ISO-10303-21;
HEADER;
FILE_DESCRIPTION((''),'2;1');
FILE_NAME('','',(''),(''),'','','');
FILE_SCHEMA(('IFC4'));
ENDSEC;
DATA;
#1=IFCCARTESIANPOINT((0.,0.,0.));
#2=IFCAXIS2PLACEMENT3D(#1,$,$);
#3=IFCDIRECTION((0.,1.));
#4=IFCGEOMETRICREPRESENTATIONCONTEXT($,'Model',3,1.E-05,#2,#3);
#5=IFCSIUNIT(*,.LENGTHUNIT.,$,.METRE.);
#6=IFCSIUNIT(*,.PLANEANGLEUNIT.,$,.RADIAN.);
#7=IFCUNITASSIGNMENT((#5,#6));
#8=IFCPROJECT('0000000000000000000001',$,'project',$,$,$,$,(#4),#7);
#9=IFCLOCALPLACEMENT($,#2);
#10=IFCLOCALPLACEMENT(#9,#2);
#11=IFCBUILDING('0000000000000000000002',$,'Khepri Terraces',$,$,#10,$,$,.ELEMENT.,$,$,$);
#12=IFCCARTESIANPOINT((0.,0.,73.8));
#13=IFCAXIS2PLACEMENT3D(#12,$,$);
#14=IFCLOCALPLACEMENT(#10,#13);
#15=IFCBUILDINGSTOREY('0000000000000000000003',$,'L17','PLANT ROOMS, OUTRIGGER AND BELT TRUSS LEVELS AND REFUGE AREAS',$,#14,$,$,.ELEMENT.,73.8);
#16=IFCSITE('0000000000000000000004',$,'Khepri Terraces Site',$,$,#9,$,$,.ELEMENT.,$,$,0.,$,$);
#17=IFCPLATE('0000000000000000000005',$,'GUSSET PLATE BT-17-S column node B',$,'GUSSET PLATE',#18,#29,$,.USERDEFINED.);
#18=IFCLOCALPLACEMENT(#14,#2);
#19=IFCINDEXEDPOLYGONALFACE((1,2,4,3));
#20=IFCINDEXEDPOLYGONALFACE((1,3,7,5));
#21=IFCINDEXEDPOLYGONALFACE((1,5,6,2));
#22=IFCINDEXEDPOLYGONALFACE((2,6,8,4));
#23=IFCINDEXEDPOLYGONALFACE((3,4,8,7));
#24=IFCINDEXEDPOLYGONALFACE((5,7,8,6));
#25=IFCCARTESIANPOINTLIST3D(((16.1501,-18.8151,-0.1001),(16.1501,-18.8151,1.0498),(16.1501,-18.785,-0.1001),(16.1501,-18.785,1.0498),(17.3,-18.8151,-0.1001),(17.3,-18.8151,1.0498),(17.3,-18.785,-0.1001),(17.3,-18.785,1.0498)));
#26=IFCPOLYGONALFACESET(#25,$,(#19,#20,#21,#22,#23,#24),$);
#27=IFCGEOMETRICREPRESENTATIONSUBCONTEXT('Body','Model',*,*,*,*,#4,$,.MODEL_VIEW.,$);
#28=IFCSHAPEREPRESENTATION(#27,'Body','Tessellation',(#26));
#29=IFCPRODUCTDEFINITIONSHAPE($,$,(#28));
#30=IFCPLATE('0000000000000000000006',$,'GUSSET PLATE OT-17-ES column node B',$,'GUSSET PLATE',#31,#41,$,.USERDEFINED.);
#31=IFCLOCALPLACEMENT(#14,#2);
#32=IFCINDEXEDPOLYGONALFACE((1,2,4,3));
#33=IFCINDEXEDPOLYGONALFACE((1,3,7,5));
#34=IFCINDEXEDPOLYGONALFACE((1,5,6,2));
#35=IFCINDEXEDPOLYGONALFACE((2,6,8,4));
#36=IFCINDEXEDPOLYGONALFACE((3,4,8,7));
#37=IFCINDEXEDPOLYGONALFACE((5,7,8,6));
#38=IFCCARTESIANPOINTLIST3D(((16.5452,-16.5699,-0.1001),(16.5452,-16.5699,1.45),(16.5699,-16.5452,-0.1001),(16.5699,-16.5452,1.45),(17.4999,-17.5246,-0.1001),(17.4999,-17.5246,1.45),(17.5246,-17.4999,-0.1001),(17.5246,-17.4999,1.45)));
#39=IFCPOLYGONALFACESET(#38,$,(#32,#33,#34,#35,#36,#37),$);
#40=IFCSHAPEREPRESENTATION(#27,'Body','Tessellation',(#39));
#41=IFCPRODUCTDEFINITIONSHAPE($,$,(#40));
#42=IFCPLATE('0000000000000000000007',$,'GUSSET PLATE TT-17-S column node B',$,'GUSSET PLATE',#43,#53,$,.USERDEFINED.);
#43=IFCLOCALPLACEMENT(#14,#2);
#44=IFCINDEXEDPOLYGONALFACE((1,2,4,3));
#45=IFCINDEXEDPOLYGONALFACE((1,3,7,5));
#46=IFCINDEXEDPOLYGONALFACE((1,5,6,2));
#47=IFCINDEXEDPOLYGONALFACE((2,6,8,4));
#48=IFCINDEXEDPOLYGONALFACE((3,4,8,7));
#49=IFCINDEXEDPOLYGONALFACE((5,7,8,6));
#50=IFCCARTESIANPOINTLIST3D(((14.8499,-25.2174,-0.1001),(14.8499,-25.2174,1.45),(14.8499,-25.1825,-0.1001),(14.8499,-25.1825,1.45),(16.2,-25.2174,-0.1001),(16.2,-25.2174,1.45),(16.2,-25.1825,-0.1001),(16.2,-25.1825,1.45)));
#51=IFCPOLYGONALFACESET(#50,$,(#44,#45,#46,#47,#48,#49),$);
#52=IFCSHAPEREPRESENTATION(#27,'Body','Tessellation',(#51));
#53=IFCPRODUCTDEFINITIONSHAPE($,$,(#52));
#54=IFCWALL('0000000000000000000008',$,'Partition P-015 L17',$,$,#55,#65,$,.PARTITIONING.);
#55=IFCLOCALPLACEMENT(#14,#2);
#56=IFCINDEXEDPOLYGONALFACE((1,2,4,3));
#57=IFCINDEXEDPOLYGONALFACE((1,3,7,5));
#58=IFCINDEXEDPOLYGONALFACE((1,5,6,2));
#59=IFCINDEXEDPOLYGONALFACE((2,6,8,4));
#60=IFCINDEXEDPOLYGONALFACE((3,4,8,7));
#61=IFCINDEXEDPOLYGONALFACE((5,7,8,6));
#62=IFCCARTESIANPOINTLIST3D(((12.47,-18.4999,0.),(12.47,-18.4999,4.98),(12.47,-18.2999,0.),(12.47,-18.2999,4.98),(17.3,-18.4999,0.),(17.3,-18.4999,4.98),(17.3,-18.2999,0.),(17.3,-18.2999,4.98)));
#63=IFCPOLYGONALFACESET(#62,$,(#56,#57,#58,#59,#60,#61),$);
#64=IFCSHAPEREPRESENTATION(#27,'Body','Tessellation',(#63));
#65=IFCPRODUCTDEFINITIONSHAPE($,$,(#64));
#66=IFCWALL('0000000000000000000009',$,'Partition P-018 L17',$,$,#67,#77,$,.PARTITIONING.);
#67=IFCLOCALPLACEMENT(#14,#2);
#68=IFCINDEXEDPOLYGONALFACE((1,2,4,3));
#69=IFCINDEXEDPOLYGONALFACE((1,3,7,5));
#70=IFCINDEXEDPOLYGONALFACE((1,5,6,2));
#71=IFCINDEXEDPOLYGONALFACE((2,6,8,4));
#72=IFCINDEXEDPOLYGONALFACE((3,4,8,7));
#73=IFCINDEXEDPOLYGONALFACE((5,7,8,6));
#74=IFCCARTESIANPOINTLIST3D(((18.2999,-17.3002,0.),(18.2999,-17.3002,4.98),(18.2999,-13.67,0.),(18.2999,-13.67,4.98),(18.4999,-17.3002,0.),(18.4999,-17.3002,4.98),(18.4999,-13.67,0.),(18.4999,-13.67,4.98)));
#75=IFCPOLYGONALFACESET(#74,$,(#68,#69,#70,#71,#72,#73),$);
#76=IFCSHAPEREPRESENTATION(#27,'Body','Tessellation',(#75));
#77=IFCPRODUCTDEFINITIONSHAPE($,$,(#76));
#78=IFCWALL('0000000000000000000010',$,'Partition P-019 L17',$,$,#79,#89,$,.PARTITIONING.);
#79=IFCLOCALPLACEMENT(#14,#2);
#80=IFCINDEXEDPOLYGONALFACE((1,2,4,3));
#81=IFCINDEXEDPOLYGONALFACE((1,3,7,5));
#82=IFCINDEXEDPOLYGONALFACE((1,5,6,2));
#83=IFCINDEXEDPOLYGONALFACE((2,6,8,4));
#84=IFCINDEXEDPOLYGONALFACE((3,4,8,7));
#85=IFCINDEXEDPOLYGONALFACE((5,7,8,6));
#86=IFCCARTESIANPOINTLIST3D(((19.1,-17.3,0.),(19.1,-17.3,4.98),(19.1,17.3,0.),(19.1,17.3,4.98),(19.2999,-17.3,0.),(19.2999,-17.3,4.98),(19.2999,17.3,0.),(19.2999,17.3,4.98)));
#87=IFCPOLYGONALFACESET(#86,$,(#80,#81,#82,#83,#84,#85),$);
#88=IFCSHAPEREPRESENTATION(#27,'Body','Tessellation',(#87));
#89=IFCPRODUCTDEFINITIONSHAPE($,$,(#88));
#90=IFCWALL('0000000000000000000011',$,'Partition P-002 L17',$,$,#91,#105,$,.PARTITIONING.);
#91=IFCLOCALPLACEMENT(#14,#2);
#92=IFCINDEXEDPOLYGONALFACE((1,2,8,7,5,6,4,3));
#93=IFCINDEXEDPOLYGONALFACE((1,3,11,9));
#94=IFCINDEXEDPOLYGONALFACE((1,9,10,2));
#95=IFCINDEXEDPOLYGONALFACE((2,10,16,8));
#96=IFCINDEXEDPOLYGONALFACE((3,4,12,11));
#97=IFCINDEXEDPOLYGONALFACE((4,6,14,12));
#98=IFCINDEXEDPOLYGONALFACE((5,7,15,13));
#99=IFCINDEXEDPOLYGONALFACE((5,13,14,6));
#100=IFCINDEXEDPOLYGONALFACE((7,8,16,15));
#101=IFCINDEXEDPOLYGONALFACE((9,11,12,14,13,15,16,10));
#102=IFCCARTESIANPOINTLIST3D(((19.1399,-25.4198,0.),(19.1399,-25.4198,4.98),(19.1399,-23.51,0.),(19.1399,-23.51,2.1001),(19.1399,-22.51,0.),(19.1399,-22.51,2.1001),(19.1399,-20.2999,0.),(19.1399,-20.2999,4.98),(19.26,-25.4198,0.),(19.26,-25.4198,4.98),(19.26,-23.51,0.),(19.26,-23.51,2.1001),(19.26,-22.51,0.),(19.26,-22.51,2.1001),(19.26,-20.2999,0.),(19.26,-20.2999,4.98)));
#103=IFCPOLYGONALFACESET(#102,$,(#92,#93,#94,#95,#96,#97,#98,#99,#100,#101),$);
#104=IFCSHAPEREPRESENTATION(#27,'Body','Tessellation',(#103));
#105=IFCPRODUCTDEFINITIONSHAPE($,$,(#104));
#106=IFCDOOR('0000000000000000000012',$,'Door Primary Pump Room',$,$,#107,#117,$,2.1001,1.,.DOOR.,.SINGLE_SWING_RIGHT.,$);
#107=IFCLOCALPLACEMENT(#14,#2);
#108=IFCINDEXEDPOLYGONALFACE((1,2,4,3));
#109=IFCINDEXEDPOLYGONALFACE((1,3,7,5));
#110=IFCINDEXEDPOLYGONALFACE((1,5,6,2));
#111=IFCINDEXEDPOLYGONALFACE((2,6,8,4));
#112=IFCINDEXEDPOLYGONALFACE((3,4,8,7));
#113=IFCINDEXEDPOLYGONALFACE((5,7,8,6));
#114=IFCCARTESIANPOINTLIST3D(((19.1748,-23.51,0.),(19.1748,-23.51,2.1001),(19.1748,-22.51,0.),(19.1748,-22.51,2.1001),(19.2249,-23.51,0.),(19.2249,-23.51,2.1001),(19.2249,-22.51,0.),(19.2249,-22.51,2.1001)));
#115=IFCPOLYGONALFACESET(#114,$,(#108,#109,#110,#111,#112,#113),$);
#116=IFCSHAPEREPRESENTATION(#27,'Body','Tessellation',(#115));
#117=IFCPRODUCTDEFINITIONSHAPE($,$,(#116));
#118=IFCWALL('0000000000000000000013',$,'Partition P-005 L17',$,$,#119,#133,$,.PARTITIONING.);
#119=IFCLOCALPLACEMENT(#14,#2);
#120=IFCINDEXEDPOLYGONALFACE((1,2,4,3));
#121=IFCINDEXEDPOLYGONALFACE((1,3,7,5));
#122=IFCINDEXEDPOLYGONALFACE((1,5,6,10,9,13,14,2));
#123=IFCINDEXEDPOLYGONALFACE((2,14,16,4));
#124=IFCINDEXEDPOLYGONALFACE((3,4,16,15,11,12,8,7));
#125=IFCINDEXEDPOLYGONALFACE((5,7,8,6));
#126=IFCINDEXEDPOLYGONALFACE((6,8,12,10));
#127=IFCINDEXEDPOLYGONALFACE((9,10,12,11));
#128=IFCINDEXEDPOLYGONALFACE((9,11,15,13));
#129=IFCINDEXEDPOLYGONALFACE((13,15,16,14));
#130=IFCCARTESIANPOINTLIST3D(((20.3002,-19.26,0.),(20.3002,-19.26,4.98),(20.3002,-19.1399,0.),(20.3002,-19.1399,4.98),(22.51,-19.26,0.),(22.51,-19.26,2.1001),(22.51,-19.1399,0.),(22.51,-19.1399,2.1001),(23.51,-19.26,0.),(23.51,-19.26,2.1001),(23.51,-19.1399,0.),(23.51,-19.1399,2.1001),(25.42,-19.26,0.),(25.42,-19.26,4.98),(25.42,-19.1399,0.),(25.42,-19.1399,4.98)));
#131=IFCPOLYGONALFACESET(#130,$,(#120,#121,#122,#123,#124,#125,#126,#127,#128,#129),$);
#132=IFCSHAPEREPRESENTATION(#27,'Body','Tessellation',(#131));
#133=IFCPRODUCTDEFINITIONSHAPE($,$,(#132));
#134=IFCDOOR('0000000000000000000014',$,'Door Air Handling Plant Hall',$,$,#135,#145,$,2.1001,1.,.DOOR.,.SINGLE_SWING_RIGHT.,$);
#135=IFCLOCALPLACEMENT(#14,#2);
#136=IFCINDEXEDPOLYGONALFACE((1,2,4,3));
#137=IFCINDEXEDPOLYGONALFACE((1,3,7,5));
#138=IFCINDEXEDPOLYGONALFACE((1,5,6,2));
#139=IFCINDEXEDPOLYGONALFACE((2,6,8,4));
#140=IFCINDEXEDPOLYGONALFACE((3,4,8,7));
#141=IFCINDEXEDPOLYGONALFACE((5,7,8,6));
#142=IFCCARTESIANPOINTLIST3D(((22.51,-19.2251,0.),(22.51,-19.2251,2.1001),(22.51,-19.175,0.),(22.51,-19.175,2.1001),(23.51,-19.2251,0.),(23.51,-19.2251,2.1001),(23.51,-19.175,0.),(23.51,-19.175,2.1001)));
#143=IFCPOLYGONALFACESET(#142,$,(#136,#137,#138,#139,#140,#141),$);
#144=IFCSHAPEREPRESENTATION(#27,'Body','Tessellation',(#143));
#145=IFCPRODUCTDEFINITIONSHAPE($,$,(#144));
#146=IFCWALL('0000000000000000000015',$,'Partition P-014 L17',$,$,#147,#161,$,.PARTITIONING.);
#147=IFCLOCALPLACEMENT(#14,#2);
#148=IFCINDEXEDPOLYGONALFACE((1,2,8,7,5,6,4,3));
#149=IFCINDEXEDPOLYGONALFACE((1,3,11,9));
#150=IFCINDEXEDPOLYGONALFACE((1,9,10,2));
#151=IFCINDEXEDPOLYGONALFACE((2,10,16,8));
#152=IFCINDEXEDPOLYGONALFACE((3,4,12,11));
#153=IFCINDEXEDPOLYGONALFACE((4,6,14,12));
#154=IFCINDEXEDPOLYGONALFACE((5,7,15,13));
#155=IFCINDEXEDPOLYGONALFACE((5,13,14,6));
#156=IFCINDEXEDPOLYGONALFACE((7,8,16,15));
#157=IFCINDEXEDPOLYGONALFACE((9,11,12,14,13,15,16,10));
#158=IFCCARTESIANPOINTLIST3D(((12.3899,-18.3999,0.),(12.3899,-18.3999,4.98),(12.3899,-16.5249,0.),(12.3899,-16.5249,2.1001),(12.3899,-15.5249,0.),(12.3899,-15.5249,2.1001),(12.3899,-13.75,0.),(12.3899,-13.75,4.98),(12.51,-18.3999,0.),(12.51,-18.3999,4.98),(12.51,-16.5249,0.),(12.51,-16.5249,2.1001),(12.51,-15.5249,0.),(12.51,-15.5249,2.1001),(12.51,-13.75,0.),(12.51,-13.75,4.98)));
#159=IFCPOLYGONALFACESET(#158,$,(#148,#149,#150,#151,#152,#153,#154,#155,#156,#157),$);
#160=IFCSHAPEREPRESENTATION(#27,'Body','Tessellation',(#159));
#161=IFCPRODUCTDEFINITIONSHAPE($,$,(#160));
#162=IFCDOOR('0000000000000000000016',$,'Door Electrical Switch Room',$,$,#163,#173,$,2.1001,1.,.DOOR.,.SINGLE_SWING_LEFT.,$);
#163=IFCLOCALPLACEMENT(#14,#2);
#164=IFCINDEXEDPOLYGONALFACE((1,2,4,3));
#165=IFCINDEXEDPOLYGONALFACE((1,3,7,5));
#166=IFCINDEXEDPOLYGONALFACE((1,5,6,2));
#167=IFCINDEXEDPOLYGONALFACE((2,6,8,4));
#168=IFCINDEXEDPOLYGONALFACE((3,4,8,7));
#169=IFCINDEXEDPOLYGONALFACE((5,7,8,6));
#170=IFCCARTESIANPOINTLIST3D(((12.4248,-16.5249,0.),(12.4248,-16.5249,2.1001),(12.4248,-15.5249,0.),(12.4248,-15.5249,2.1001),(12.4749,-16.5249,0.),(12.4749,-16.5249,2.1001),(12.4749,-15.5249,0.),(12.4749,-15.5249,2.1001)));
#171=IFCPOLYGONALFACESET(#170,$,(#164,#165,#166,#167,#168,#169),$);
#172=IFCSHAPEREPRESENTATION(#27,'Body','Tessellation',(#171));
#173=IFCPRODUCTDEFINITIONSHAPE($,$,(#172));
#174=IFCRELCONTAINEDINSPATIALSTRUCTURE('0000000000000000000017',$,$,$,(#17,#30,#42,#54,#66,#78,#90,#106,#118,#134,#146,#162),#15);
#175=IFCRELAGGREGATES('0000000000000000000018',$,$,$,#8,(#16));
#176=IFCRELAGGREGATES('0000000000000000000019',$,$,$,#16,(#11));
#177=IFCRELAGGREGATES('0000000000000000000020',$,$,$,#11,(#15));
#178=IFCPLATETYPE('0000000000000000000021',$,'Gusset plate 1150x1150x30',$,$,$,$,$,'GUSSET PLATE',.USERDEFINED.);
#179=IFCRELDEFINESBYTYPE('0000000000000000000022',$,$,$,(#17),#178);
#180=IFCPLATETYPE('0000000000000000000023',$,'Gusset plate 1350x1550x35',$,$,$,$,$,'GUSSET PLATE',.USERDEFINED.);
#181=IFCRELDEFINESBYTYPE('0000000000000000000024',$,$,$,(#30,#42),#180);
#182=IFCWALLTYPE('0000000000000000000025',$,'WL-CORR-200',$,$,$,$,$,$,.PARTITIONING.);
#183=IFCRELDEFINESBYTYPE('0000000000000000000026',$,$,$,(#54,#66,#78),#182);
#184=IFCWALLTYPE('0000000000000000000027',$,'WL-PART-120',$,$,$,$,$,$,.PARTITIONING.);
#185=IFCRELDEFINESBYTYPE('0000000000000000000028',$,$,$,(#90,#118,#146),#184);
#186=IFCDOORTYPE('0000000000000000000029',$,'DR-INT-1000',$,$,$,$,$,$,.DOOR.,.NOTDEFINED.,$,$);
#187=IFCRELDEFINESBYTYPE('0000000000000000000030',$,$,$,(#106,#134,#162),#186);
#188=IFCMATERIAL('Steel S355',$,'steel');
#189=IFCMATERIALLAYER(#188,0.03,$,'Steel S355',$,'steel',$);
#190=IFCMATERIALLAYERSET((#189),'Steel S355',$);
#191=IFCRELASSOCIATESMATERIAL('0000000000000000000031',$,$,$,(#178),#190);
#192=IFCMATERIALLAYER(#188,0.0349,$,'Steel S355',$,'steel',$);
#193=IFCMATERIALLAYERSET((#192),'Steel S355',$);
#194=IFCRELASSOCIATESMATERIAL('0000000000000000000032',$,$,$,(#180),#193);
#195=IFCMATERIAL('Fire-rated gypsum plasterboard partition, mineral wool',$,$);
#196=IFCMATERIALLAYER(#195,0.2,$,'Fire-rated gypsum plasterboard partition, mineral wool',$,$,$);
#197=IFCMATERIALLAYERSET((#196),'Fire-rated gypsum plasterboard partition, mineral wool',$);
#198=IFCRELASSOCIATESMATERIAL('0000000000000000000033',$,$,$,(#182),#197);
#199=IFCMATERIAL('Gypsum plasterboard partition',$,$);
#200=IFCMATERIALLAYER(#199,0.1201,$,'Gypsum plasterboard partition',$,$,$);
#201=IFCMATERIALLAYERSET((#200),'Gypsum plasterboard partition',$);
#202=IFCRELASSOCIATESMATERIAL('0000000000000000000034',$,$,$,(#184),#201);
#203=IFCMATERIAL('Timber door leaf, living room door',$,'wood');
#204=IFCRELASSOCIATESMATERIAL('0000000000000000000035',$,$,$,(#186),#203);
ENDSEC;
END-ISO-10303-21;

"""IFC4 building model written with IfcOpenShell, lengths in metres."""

from ifc_helpers import new_model, si_unit, direction, frame, frame_2d, origin, origin_2d, place, context, subcontext, project, spatial, rectangle, extrude, material, layer, layer_set, type_object, element, fill, save


model = new_model("IFC4")

# Units and contexts
model_context = context("Model", 3, precision=1e-05, world=origin(), true_north=direction((0.0, 1.0)))
body_context = subcontext(model_context, "Body", "Model", "MODEL_VIEW")
ifc_project = project(units=[si_unit("LENGTHUNIT", "METRE"), si_unit("PLANEANGLEUNIT", "RADIAN")], contexts=[model_context])

# Site, building, storey
site_placement = place(None, origin())
site = spatial("IfcSite", under=ifc_project, at=site_placement, Name="Khepri Terraces Site", CompositionType="ELEMENT", RefElevation=0.0)
building_placement = place(site_placement, origin())
building = spatial("IfcBuilding", under=site, at=building_placement, Name="Khepri Terraces", CompositionType="ELEMENT")
storey_placement = place(building_placement, frame((0.0, 0.0, 73.8)))
storey = spatial("IfcBuildingStorey", under=building, at=storey_placement, Name="L17", Description="PLANT ROOMS, OUTRIGGER AND BELT TRUSS LEVELS AND REFUGE AREAS", CompositionType="ELEMENT", Elevation=73.8)

# Shared definitions
ifc_material_1 = material(Name="Steel S355", Category="steel")

# Plates
ifc_layer_1 = layer(ifc_material_1, 0.03, Name="Steel S355", Category="steel")
ifc_layer_set_1 = layer_set([ifc_layer_1], Name="Steel S355")
plate_type_1 = type_object("IfcPlateType", Name="Gusset plate 1150x1150x30", ElementType="GUSSET PLATE", PredefinedType="USERDEFINED", material=ifc_layer_set_1)
plate_placement = place(storey_placement, frame((16.7251, -18.8, -0.1001), z_axis=(0.0, 0.0, 1.0), x_axis=(1.0, 0.0, 0.0)))
element("IfcPlate", 1, at=plate_placement, inside=storey, type_object=plate_type_1, Name="GUSSET PLATE BT-17-S column node B", ObjectType="GUSSET PLATE", PredefinedType="USERDEFINED", context=body_context, shape_type="SweptSolid", body=[
    extrude(rectangle(XDim=1.1499, YDim=0.03, at=origin_2d()), origin(), (0.0, 0.0, 1.0), 1.1499),
])
ifc_layer_2 = layer(ifc_material_1, 0.0349, Name="Steel S355", Category="steel")
ifc_layer_set_2 = layer_set([ifc_layer_2], Name="Steel S355")
plate_type_2 = type_object("IfcPlateType", Name="Gusset plate 1350x1550x35", ElementType="GUSSET PLATE", PredefinedType="USERDEFINED", material=ifc_layer_set_2)
for number, where, z_axis, x_axis, name in (
    (2, (17.0349, -17.0349, -0.1001), (0.0, 0.0, 1.0), (0.707107, -0.707107, 0.0), "GUSSET PLATE OT-17-ES column node B"),
    (3, (15.5249, -25.2, -0.1001), (0.0, 0.0, 1.0), (1.0, 0.0, 0.0), "GUSSET PLATE TT-17-S column node B"),
):
    element("IfcPlate", number, at=place(storey_placement, frame(where, z_axis=z_axis, x_axis=x_axis)), inside=storey, type_object=plate_type_2, Name=name, ObjectType="GUSSET PLATE", PredefinedType="USERDEFINED", context=body_context, shape_type="SweptSolid", body=[
        extrude(rectangle(XDim=1.3501, YDim=0.0349, at=origin_2d()), origin(), (0.0, 0.0, 1.0), 1.55),
    ])

# Walls
ifc_material_2 = material(Name="Fire-rated gypsum plasterboard partition, mineral wool")
ifc_layer_3 = layer(ifc_material_2, 0.2, Name="Fire-rated gypsum plasterboard partition, mineral wool")
ifc_layer_set_3 = layer_set([ifc_layer_3], Name="Fire-rated gypsum plasterboard partition, mineral wool")
wall_type_1 = type_object("IfcWallType", Name="WL-CORR-200", PredefinedType="PARTITIONING", material=ifc_layer_set_3)
wall_1_placement = place(storey_placement, frame((12.47, -18.3999, 0.0), z_axis=(0.0, 0.0, 1.0), x_axis=(1.0, 0.0, 0.0)))
element("IfcWall", 4, at=wall_1_placement, inside=storey, type_object=wall_type_1, Name="Partition P-015 L17", PredefinedType="PARTITIONING", context=body_context, shape_type="SweptSolid", body=[
    extrude(rectangle(XDim=4.8301, YDim=0.2, at=frame_2d((2.415, 0.0))), origin(), (0.0, 0.0, 1.0), 4.98),
])
wall_2_placement = place(storey_placement, frame((18.3999, -17.3, 0.0), z_axis=(0.0, 0.0, 1.0), x_axis=(0.0, 1.0, 0.0)))
element("IfcWall", 5, at=wall_2_placement, inside=storey, type_object=wall_type_1, Name="Partition P-018 L17", PredefinedType="PARTITIONING", context=body_context, shape_type="SweptSolid", body=[
    extrude(rectangle(XDim=3.6301, YDim=0.2, at=frame_2d((1.8149, 0.0))), origin(), (0.0, 0.0, 1.0), 4.98),
])
wall_3_placement = place(storey_placement, frame((19.2, -17.3, 0.0), z_axis=(0.0, 0.0, 1.0), x_axis=(0.0, 1.0, 0.0)))
element("IfcWall", 6, at=wall_3_placement, inside=storey, type_object=wall_type_1, Name="Partition P-019 L17", PredefinedType="PARTITIONING", context=body_context, shape_type="SweptSolid", body=[
    extrude(rectangle(XDim=34.6001, YDim=0.2, at=frame_2d((17.3, 0.0))), origin(), (0.0, 0.0, 1.0), 4.98),
])

# Walls, openings, doors
ifc_material_3 = material(Name="Gypsum plasterboard partition")
ifc_layer_4 = layer(ifc_material_3, 0.1201, Name="Gypsum plasterboard partition")
ifc_layer_set_4 = layer_set([ifc_layer_4], Name="Gypsum plasterboard partition")
wall_type_2 = type_object("IfcWallType", Name="WL-PART-120", PredefinedType="PARTITIONING", material=ifc_layer_set_4)
wall_4_placement = place(storey_placement, frame((19.2, -25.4199, 0.0), z_axis=(0.0, 0.0, 1.0), x_axis=(0.0, 1.0, 0.0)))
wall_4 = element("IfcWall", 7, at=wall_4_placement, inside=storey, type_object=wall_type_2, Name="Partition P-002 L17", PredefinedType="PARTITIONING", context=body_context, shape_type="SweptSolid", body=[
    extrude(rectangle(XDim=5.1199, YDim=0.1201, at=frame_2d((2.5601, 0.0))), origin(), (0.0, 0.0, 1.0), 4.98),
])
opening_1_placement = place(wall_4_placement, frame((1.9099, 0.0, 0.0)))
opening_1 = element("IfcOpeningElement", 8, at=opening_1_placement, cuts=wall_4, PredefinedType="OPENING", context=body_context, shape_type="SweptSolid", body=[
    extrude(rectangle(XDim=1.0, YDim=2.1001, at=frame_2d((0.5, 1.05))), frame((0.0, 0.0701, 0.0), z_axis=(0.0, -1.0, 0.0), x_axis=(1.0, 0.0, 0.0)), (0.0, 0.0, 1.0), 0.1401),
])
ifc_material_4 = material(Name="Timber door leaf, living room door", Category="wood")
door_type = type_object("IfcDoorType", Name="DR-INT-1000", OperationType="NOTDEFINED", PredefinedType="DOOR", material=ifc_material_4)
door_1_placement = place(opening_1_placement, frame((1.0, 0.0, 0.0), z_axis=(0.0, 0.0, 1.0), x_axis=(-1.0, 0.0, 0.0)))
door_1 = element("IfcDoor", 9, at=door_1_placement, inside=storey, type_object=door_type, Name="Door Primary Pump Room", OperationType="SINGLE_SWING_RIGHT", OverallHeight=2.1001, OverallWidth=1.0, PredefinedType="DOOR", context=body_context, shape_type="SweptSolid", body=[
    extrude(rectangle(XDim=1.0, YDim=2.1001, at=frame_2d((0.5, 1.05))), frame((0.0, 0.0249, 0.0), z_axis=(0.0, -1.0, 0.0), x_axis=(1.0, 0.0, 0.0)), (0.0, 0.0, 1.0), 0.05),
])
fill(opening_1, door_1)
wall_5_placement = place(storey_placement, frame((20.3, -19.2, 0.0), z_axis=(0.0, 0.0, 1.0), x_axis=(1.0, 0.0, 0.0)))
wall_5 = element("IfcWall", 10, at=wall_5_placement, inside=storey, type_object=wall_type_2, Name="Partition P-005 L17", PredefinedType="PARTITIONING", context=body_context, shape_type="SweptSolid", body=[
    extrude(rectangle(XDim=5.1199, YDim=0.1201, at=frame_2d((2.5601, 0.0))), origin(), (0.0, 0.0, 1.0), 4.98),
])
opening_2_placement = place(wall_5_placement, frame((2.21, 0.0, 0.0)))
opening_2 = element("IfcOpeningElement", 11, at=opening_2_placement, cuts=wall_5, PredefinedType="OPENING", context=body_context, shape_type="SweptSolid", body=[
    extrude(rectangle(XDim=1.0, YDim=2.1001, at=frame_2d((0.5, 1.05))), frame((0.0, 0.0701, 0.0), z_axis=(0.0, -1.0, 0.0), x_axis=(1.0, 0.0, 0.0)), (0.0, 0.0, 1.0), 0.1401),
])
door_2_placement = place(opening_2_placement, origin())
door_2 = element("IfcDoor", 12, at=door_2_placement, inside=storey, type_object=door_type, Name="Door Air Handling Plant Hall", OperationType="SINGLE_SWING_RIGHT", OverallHeight=2.1001, OverallWidth=1.0, PredefinedType="DOOR", context=body_context, shape_type="SweptSolid", body=[
    extrude(rectangle(XDim=1.0, YDim=2.1001, at=frame_2d((0.5, 1.05))), frame((0.0, 0.0249, 0.0), z_axis=(0.0, -1.0, 0.0), x_axis=(1.0, 0.0, 0.0)), (0.0, 0.0, 1.0), 0.05),
])
fill(opening_2, door_2)
wall_6_placement = place(storey_placement, frame((12.45, -18.3999, 0.0), z_axis=(0.0, 0.0, 1.0), x_axis=(0.0, 1.0, 0.0)))
wall_6 = element("IfcWall", 13, at=wall_6_placement, inside=storey, type_object=wall_type_2, Name="Partition P-014 L17", PredefinedType="PARTITIONING", context=body_context, shape_type="SweptSolid", body=[
    extrude(rectangle(XDim=4.6499, YDim=0.1201, at=frame_2d((2.325, 0.0))), origin(), (0.0, 0.0, 1.0), 4.98),
])
opening_3_placement = place(wall_6_placement, frame((1.875, 0.0, 0.0)))
opening_3 = element("IfcOpeningElement", 14, at=opening_3_placement, cuts=wall_6, PredefinedType="OPENING", context=body_context, shape_type="SweptSolid", body=[
    extrude(rectangle(XDim=1.0, YDim=2.1001, at=frame_2d((0.5, 1.05))), frame((0.0, 0.0701, 0.0), z_axis=(0.0, -1.0, 0.0), x_axis=(1.0, 0.0, 0.0)), (0.0, 0.0, 1.0), 0.1401),
])
door_3_placement = place(opening_3_placement, frame((1.0, 0.0, 0.0), z_axis=(0.0, 0.0, 1.0), x_axis=(-1.0, 0.0, 0.0)))
door_3 = element("IfcDoor", 15, at=door_3_placement, inside=storey, type_object=door_type, Name="Door Electrical Switch Room", OperationType="SINGLE_SWING_LEFT", OverallHeight=2.1001, OverallWidth=1.0, PredefinedType="DOOR", context=body_context, shape_type="SweptSolid", body=[
    extrude(rectangle(XDim=1.0, YDim=2.1001, at=frame_2d((0.5, 1.05))), frame((0.0, 0.0249, 0.0), z_axis=(0.0, -1.0, 0.0), x_axis=(1.0, 0.0, 0.0)), (0.0, 0.0, 1.0), 0.05),
])
fill(opening_3, door_3)

save(model, "model.ifc")
